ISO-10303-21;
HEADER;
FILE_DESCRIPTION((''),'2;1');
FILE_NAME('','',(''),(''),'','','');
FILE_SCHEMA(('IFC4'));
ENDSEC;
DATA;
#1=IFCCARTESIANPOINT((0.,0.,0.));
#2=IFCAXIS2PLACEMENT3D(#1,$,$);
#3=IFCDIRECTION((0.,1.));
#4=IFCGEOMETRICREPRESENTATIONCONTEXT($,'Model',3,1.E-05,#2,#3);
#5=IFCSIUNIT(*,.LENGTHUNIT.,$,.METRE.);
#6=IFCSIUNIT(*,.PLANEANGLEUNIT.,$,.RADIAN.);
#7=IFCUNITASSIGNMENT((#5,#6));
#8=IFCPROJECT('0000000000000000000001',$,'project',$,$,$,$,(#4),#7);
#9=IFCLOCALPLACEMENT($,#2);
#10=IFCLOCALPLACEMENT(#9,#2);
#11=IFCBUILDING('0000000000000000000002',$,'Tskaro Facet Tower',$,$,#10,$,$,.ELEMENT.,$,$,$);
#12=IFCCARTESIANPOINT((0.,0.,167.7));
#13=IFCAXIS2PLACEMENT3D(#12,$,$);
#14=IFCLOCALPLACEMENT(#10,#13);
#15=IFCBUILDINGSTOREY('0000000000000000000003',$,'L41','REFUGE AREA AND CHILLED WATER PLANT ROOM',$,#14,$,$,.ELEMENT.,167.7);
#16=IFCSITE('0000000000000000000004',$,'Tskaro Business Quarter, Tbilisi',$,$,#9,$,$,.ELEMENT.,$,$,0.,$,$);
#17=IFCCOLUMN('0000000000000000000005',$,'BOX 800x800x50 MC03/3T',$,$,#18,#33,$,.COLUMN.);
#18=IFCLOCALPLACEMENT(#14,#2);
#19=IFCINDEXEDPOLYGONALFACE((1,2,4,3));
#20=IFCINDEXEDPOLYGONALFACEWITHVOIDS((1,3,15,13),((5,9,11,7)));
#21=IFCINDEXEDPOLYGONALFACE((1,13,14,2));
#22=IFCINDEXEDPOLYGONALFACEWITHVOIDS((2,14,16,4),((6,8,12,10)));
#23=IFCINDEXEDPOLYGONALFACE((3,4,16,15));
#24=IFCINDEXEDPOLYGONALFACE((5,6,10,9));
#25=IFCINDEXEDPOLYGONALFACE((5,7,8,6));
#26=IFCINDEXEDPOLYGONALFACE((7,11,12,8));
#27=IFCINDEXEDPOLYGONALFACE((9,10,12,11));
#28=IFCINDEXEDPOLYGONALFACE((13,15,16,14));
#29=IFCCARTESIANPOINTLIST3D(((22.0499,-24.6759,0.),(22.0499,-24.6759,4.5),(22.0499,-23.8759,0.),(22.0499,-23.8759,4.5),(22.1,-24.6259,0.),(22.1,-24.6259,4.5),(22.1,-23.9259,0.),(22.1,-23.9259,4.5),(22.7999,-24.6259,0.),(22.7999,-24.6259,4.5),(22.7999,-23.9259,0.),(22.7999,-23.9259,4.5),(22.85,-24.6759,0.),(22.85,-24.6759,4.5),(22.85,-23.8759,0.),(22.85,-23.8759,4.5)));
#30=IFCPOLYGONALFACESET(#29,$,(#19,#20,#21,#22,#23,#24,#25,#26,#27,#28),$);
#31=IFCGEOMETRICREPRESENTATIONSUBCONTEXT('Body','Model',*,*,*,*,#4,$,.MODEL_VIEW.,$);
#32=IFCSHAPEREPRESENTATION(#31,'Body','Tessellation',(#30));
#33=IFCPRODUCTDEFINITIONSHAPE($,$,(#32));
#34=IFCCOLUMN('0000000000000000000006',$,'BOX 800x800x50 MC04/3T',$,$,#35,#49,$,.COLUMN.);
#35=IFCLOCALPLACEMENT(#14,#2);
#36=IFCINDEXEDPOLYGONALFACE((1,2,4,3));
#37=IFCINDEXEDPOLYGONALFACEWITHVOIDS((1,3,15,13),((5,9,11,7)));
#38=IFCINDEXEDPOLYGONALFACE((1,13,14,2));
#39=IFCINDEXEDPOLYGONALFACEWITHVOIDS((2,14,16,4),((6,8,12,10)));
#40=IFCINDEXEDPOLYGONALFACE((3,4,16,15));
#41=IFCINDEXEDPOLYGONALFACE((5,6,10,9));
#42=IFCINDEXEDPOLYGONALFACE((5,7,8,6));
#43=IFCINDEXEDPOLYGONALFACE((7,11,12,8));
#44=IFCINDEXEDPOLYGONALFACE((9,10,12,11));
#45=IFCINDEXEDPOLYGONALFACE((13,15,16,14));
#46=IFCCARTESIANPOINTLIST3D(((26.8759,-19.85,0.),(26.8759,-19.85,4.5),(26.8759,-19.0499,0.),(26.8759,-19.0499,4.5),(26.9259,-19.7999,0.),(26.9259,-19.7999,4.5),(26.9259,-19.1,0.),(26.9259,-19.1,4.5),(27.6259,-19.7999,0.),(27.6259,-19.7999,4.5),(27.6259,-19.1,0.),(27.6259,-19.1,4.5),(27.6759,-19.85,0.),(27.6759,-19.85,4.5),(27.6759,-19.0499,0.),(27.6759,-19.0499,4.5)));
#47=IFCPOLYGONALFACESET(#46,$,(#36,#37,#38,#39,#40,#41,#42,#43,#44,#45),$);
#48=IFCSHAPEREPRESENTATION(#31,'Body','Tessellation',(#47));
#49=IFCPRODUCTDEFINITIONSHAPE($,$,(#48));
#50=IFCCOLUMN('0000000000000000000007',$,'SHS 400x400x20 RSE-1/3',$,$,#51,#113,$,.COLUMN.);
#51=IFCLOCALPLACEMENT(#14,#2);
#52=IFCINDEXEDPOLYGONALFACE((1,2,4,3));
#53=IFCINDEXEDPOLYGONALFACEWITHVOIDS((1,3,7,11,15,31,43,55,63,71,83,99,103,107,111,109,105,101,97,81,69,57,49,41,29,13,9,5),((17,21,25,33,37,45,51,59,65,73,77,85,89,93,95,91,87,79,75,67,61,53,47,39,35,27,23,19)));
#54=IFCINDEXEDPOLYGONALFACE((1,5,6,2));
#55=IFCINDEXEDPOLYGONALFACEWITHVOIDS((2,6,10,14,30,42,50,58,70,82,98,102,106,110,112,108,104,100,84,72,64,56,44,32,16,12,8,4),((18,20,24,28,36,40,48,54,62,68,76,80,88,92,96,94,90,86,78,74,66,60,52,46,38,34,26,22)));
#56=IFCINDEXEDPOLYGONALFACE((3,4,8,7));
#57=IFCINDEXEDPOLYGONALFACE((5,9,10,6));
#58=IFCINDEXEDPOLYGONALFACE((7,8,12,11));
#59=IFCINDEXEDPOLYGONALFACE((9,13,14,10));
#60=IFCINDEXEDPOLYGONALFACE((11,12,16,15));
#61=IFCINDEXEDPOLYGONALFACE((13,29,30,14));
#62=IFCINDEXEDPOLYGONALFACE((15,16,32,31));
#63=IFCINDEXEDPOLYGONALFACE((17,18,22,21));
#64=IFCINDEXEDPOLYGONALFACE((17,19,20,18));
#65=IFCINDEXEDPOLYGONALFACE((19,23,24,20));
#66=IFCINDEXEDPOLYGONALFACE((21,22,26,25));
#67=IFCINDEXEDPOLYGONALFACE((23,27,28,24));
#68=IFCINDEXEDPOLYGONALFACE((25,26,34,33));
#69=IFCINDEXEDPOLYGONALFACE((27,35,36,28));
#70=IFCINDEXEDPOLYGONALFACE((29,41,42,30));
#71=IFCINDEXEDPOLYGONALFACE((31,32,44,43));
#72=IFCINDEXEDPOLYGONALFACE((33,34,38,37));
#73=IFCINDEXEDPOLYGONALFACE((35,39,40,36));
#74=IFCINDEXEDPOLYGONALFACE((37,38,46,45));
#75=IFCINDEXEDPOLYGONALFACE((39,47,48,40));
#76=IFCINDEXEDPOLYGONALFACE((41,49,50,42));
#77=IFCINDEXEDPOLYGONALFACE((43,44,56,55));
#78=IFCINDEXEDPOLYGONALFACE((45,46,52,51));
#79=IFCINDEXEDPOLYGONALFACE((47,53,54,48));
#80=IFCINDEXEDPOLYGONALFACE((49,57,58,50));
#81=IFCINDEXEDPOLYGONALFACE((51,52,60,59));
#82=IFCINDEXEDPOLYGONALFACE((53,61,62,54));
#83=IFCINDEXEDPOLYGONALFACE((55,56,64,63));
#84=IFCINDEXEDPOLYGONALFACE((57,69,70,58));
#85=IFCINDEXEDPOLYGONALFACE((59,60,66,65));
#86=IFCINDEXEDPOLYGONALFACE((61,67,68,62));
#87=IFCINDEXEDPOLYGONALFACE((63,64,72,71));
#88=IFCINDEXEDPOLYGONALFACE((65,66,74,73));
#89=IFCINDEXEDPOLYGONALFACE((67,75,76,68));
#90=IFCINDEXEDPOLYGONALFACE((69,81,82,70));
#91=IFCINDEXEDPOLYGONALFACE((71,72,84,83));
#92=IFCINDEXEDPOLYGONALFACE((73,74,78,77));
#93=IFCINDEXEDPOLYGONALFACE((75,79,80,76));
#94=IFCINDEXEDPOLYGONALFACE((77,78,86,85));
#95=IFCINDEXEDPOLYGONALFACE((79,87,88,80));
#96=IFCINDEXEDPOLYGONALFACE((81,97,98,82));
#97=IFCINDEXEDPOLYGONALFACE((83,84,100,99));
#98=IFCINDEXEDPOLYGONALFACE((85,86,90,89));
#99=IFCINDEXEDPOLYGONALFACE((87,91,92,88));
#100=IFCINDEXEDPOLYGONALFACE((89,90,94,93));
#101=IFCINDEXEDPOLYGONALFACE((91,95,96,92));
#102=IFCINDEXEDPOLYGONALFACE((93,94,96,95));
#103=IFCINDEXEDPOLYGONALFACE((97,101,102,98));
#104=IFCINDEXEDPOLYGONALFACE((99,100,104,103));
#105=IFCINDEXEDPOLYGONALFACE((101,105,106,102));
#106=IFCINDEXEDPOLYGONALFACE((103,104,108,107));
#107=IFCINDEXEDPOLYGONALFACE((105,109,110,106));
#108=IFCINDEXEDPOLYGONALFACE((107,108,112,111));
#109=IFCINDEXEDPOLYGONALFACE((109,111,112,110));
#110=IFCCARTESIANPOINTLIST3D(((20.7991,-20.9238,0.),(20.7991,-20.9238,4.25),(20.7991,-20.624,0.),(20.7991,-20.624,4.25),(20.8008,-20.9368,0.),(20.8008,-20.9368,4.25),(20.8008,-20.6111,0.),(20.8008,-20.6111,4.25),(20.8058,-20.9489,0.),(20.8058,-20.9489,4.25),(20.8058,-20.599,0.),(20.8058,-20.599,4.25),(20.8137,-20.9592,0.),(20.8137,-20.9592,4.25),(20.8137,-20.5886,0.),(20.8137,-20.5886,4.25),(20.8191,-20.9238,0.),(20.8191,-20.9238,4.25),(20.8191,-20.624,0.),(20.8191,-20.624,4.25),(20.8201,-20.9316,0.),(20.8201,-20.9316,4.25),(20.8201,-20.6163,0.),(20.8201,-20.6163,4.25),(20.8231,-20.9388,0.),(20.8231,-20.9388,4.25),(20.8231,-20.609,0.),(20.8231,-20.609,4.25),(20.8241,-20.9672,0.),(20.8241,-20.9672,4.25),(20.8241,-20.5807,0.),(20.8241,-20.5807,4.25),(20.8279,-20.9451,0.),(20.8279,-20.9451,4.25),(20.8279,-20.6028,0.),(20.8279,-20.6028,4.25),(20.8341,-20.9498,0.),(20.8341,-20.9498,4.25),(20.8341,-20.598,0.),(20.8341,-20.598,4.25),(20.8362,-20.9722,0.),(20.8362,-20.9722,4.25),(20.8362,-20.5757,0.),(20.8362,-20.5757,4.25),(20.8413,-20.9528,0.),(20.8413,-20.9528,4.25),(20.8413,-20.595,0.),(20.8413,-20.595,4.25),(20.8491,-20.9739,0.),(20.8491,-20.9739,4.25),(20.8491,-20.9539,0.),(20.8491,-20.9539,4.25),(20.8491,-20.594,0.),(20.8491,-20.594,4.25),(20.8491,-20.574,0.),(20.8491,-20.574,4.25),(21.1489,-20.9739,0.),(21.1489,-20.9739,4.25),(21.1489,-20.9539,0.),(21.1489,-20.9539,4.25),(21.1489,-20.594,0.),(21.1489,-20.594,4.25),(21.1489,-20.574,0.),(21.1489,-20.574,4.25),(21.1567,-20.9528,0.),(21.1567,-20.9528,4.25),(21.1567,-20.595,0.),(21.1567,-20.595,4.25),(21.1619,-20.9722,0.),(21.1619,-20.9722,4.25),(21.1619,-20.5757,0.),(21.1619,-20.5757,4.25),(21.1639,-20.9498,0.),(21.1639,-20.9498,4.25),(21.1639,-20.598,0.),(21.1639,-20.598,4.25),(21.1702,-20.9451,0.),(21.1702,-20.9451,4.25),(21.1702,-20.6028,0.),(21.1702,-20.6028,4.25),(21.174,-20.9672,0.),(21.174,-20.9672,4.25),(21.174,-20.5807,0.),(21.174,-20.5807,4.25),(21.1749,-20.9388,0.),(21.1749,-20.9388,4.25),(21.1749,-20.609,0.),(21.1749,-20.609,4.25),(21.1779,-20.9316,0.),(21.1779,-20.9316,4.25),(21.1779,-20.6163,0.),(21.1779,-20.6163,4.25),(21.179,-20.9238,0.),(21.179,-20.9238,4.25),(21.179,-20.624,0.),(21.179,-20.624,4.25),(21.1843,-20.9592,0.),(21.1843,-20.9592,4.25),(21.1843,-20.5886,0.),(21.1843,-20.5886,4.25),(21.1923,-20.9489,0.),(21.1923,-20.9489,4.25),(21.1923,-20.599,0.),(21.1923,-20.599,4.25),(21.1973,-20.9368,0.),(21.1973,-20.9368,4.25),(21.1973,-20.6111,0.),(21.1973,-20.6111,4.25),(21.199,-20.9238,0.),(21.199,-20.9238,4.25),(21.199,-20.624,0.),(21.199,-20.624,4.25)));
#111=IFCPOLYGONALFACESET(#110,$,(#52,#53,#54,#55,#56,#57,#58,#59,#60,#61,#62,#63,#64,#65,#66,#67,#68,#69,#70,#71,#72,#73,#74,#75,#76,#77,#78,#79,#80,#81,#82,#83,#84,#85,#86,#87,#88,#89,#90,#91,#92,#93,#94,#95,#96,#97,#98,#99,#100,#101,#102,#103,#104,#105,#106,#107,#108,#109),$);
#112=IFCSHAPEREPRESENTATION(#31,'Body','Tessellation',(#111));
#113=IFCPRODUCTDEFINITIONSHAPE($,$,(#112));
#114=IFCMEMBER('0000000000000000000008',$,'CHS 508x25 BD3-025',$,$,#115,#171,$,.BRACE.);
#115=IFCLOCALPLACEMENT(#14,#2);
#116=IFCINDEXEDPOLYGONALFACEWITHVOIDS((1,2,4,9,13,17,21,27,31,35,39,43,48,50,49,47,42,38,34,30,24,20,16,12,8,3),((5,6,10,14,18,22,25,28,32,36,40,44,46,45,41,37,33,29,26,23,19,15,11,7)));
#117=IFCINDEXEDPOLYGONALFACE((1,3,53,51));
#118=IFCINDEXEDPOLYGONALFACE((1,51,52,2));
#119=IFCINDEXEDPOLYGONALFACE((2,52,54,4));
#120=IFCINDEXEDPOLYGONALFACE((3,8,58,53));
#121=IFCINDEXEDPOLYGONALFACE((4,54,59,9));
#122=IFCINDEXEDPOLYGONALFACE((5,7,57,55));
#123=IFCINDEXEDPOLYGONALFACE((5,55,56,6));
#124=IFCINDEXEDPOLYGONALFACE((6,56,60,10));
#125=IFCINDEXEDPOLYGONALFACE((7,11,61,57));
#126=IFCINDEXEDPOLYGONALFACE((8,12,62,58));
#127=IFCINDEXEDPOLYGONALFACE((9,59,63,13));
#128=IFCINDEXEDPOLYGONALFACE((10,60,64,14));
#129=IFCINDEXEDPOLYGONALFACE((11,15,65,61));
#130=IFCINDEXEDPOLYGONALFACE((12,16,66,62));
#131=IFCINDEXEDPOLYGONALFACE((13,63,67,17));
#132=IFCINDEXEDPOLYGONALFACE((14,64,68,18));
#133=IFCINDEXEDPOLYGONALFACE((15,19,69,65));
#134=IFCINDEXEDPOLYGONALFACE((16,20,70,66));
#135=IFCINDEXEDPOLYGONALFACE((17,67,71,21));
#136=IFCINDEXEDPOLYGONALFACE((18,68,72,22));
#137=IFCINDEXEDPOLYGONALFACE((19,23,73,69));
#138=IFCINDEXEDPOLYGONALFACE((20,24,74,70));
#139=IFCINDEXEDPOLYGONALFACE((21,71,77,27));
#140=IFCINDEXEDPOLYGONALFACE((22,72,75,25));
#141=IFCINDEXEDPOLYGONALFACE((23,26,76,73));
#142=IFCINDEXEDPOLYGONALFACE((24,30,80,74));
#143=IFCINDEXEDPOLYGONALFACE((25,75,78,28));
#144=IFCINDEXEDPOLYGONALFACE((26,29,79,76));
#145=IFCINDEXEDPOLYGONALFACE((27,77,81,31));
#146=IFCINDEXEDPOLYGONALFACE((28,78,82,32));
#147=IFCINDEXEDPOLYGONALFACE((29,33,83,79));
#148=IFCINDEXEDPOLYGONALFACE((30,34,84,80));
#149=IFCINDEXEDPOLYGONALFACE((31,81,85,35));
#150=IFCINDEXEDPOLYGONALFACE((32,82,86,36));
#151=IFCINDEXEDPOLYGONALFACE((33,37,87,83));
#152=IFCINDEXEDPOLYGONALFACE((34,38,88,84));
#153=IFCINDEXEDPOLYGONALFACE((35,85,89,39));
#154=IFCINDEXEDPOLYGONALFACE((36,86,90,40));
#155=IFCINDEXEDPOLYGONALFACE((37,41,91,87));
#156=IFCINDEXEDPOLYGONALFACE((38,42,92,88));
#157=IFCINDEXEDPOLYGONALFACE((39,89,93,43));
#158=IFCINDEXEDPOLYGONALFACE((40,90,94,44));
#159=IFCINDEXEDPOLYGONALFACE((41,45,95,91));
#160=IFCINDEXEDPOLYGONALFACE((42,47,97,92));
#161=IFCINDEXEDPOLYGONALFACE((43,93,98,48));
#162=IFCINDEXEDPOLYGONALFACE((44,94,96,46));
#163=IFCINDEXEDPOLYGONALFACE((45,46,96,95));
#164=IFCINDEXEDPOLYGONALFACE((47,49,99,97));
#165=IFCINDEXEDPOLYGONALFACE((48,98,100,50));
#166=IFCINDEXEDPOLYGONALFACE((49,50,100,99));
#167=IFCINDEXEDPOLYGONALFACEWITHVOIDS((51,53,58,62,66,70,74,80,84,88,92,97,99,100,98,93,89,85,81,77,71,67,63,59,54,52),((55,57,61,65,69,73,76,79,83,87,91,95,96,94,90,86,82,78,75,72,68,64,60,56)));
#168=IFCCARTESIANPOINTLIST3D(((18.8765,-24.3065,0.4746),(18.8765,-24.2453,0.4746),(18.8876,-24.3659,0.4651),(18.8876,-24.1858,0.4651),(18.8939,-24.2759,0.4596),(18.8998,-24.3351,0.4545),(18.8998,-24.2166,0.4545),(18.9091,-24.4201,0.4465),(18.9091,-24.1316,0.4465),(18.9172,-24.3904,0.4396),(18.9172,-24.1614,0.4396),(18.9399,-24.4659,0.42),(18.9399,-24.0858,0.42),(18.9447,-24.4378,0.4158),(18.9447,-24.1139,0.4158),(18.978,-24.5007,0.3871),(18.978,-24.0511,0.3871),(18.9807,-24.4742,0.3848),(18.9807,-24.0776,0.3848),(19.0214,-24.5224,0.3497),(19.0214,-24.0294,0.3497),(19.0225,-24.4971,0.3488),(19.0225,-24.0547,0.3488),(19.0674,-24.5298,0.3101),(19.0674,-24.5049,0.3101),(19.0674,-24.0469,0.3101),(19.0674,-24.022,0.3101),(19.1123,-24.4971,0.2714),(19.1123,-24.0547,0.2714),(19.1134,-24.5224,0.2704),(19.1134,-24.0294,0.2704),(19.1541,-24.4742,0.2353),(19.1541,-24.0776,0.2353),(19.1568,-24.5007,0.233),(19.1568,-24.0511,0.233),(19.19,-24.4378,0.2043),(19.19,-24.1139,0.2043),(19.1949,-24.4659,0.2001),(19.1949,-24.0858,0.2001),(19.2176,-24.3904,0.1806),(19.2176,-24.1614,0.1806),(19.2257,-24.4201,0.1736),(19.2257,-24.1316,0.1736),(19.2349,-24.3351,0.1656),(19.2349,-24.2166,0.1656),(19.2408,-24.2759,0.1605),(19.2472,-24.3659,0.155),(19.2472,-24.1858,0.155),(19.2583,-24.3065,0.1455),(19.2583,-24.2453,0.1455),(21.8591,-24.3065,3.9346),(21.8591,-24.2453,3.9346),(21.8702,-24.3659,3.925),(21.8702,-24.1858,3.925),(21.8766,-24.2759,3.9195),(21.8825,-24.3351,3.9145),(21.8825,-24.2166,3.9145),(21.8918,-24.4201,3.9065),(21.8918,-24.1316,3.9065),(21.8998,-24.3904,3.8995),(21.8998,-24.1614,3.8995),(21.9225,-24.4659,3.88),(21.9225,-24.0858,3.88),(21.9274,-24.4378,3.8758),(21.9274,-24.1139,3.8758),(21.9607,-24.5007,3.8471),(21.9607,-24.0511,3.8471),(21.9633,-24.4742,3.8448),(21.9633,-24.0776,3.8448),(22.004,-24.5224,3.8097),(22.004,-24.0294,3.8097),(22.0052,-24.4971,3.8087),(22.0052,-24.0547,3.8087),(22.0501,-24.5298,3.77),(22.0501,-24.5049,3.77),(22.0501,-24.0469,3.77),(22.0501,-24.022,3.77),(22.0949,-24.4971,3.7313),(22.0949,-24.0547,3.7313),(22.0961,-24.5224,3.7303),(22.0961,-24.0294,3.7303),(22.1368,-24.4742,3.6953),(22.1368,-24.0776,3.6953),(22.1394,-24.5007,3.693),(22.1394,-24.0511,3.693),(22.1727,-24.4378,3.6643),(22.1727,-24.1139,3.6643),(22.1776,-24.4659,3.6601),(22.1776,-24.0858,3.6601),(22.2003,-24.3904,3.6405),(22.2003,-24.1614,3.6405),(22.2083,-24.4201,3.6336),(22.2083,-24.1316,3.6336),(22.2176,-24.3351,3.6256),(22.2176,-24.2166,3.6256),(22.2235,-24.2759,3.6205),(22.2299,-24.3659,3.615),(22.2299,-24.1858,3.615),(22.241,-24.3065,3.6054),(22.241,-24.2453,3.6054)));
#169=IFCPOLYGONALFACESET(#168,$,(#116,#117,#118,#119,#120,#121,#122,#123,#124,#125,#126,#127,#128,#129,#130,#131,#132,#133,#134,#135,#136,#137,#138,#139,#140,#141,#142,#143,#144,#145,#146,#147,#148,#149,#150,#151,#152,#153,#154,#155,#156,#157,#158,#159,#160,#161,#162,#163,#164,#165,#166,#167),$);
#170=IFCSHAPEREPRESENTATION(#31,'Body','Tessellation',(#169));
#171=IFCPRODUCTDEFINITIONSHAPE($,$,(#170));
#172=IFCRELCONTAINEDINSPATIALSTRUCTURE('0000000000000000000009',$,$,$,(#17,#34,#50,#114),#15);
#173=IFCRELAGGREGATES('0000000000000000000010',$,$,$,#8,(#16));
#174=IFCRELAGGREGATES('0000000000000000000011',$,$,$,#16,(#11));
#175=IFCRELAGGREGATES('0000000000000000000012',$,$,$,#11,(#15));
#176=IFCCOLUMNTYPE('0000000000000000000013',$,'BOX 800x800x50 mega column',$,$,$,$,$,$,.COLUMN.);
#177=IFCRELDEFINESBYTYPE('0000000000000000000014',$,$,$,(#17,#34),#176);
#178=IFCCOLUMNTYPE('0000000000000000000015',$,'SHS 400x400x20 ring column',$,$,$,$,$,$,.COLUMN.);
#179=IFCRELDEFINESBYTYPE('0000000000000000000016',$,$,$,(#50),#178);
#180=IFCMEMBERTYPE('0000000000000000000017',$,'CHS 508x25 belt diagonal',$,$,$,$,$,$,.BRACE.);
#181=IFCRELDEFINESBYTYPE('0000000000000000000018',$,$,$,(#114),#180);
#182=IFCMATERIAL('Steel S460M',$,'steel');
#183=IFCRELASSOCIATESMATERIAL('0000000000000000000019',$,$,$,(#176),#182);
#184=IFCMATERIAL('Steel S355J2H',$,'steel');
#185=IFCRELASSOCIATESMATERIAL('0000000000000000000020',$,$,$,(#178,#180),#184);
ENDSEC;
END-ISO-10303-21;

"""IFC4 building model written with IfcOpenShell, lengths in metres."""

from ifc_helpers import new_model, si_unit, direction, frame, origin, origin_2d, place, context, subcontext, project, spatial, hollow_rectangle, hollow_circle, extrude, material, material_profile, profile_set, type_object, element, save


model = new_model("IFC4")

# Units and contexts
model_context = context("Model", 3, precision=1e-05, world=origin(), true_north=direction((0.0, 1.0)))
body_context = subcontext(model_context, "Body", "Model", "MODEL_VIEW")
ifc_project = project(units=[si_unit("LENGTHUNIT", "METRE"), si_unit("PLANEANGLEUNIT", "RADIAN")], contexts=[model_context])

# Site, building, storey
site_placement = place(None, origin())
site = spatial("IfcSite", under=ifc_project, at=site_placement, Name="Tskaro Business Quarter, Tbilisi", CompositionType="ELEMENT", RefElevation=0.0)
building_placement = place(site_placement, origin())
building = spatial("IfcBuilding", under=site, at=building_placement, Name="Tskaro Facet Tower", CompositionType="ELEMENT")
storey_placement = place(building_placement, frame((0.0, 0.0, 167.7)))
storey = spatial("IfcBuildingStorey", under=building, at=storey_placement, Name="L41", Description="REFUGE AREA AND CHILLED WATER PLANT ROOM", CompositionType="ELEMENT", Elevation=167.7)

# Columns
ifc_material_1 = material(Name="Steel S460M", Category="steel")
ifc_material_profile_1 = material_profile(ifc_material_1, hollow_rectangle(XDim=0.8, YDim=0.8, WallThickness=0.05, at=origin_2d()), Name="BOX 800x800x50")
ifc_profile_set_1 = profile_set([ifc_material_profile_1], Name="Steel S460M")
column_type_1 = type_object("IfcColumnType", Name="BOX 800x800x50 mega column", PredefinedType="COLUMN", material=ifc_profile_set_1)
for number, where, z_axis, x_axis, name in (
    (1, (22.45, -24.2759, 0.0), (0.0, 0.0, 1.0), (1.0, 0.0, 0.0), "BOX 800x800x50 MC03/3T"),
    (2, (27.2759, -19.45, 0.0), (0.0, 0.0, 1.0), (1.0, 0.0, 0.0), "BOX 800x800x50 MC04/3T"),
):
    element("IfcColumn", number, at=place(storey_placement, frame(where, z_axis=z_axis, x_axis=x_axis)), inside=storey, type_object=column_type_1, Name=name, PredefinedType="COLUMN", context=body_context, shape_type="SweptSolid", body=[
        extrude(hollow_rectangle(XDim=0.8, YDim=0.8, WallThickness=0.05, at=origin_2d()), origin(), (0.0, 0.0, 1.0), 4.5),
    ])
ifc_material_2 = material(Name="Steel S355J2H", Category="steel")
ifc_material_profile_2 = material_profile(ifc_material_2, hollow_rectangle(XDim=0.3999, YDim=0.3999, WallThickness=0.02, InnerFilletRadius=0.03, OuterFilletRadius=0.05, at=origin_2d()), Name="SHS 400x400x20")
ifc_profile_set_2 = profile_set([ifc_material_profile_2], Name="Steel S355J2H")
column_type_2 = type_object("IfcColumnType", Name="SHS 400x400x20 ring column", PredefinedType="COLUMN", material=ifc_profile_set_2)
column_placement = place(storey_placement, frame((20.999, -20.7739, 0.0), z_axis=(0.0, 0.0, 1.0), x_axis=(1.0, 0.0, 0.0)))
element("IfcColumn", 3, at=column_placement, inside=storey, type_object=column_type_2, Name="SHS 400x400x20 RSE-1/3", PredefinedType="COLUMN", context=body_context, shape_type="SweptSolid", body=[
    extrude(hollow_rectangle(XDim=0.3999, YDim=0.3999, WallThickness=0.02, InnerFilletRadius=0.03, OuterFilletRadius=0.05, at=origin_2d()), origin(), (0.0, 0.0, 1.0), 4.25),
])

# Member
ifc_material_profile_3 = material_profile(ifc_material_2, hollow_circle(Radius=0.2539, WallThickness=0.0249, at=origin_2d()), Name="CHS 508x25")
ifc_profile_set_3 = profile_set([ifc_material_profile_3], Name="Steel S355J2H")
member_type_1 = type_object("IfcMemberType", Name="CHS 508x25 belt diagonal", PredefinedType="BRACE", material=ifc_profile_set_3)
member_1_placement = place(storey_placement, frame((19.0674, -24.2759, 0.3101), z_axis=(0.652932, 0.0, 0.757416), x_axis=(0.0, 1.0, 0.0)))
element("IfcMember", 4, at=member_1_placement, inside=storey, type_object=member_type_1, Name="CHS 508x25 BD3-025", PredefinedType="BRACE", context=body_context, shape_type="SweptSolid", body=[
    extrude(hollow_circle(Radius=0.2539, WallThickness=0.0249, at=origin_2d()), origin(), (0.0, 0.0, 1.0), 4.5681),
])

save(model, "model.ifc")
